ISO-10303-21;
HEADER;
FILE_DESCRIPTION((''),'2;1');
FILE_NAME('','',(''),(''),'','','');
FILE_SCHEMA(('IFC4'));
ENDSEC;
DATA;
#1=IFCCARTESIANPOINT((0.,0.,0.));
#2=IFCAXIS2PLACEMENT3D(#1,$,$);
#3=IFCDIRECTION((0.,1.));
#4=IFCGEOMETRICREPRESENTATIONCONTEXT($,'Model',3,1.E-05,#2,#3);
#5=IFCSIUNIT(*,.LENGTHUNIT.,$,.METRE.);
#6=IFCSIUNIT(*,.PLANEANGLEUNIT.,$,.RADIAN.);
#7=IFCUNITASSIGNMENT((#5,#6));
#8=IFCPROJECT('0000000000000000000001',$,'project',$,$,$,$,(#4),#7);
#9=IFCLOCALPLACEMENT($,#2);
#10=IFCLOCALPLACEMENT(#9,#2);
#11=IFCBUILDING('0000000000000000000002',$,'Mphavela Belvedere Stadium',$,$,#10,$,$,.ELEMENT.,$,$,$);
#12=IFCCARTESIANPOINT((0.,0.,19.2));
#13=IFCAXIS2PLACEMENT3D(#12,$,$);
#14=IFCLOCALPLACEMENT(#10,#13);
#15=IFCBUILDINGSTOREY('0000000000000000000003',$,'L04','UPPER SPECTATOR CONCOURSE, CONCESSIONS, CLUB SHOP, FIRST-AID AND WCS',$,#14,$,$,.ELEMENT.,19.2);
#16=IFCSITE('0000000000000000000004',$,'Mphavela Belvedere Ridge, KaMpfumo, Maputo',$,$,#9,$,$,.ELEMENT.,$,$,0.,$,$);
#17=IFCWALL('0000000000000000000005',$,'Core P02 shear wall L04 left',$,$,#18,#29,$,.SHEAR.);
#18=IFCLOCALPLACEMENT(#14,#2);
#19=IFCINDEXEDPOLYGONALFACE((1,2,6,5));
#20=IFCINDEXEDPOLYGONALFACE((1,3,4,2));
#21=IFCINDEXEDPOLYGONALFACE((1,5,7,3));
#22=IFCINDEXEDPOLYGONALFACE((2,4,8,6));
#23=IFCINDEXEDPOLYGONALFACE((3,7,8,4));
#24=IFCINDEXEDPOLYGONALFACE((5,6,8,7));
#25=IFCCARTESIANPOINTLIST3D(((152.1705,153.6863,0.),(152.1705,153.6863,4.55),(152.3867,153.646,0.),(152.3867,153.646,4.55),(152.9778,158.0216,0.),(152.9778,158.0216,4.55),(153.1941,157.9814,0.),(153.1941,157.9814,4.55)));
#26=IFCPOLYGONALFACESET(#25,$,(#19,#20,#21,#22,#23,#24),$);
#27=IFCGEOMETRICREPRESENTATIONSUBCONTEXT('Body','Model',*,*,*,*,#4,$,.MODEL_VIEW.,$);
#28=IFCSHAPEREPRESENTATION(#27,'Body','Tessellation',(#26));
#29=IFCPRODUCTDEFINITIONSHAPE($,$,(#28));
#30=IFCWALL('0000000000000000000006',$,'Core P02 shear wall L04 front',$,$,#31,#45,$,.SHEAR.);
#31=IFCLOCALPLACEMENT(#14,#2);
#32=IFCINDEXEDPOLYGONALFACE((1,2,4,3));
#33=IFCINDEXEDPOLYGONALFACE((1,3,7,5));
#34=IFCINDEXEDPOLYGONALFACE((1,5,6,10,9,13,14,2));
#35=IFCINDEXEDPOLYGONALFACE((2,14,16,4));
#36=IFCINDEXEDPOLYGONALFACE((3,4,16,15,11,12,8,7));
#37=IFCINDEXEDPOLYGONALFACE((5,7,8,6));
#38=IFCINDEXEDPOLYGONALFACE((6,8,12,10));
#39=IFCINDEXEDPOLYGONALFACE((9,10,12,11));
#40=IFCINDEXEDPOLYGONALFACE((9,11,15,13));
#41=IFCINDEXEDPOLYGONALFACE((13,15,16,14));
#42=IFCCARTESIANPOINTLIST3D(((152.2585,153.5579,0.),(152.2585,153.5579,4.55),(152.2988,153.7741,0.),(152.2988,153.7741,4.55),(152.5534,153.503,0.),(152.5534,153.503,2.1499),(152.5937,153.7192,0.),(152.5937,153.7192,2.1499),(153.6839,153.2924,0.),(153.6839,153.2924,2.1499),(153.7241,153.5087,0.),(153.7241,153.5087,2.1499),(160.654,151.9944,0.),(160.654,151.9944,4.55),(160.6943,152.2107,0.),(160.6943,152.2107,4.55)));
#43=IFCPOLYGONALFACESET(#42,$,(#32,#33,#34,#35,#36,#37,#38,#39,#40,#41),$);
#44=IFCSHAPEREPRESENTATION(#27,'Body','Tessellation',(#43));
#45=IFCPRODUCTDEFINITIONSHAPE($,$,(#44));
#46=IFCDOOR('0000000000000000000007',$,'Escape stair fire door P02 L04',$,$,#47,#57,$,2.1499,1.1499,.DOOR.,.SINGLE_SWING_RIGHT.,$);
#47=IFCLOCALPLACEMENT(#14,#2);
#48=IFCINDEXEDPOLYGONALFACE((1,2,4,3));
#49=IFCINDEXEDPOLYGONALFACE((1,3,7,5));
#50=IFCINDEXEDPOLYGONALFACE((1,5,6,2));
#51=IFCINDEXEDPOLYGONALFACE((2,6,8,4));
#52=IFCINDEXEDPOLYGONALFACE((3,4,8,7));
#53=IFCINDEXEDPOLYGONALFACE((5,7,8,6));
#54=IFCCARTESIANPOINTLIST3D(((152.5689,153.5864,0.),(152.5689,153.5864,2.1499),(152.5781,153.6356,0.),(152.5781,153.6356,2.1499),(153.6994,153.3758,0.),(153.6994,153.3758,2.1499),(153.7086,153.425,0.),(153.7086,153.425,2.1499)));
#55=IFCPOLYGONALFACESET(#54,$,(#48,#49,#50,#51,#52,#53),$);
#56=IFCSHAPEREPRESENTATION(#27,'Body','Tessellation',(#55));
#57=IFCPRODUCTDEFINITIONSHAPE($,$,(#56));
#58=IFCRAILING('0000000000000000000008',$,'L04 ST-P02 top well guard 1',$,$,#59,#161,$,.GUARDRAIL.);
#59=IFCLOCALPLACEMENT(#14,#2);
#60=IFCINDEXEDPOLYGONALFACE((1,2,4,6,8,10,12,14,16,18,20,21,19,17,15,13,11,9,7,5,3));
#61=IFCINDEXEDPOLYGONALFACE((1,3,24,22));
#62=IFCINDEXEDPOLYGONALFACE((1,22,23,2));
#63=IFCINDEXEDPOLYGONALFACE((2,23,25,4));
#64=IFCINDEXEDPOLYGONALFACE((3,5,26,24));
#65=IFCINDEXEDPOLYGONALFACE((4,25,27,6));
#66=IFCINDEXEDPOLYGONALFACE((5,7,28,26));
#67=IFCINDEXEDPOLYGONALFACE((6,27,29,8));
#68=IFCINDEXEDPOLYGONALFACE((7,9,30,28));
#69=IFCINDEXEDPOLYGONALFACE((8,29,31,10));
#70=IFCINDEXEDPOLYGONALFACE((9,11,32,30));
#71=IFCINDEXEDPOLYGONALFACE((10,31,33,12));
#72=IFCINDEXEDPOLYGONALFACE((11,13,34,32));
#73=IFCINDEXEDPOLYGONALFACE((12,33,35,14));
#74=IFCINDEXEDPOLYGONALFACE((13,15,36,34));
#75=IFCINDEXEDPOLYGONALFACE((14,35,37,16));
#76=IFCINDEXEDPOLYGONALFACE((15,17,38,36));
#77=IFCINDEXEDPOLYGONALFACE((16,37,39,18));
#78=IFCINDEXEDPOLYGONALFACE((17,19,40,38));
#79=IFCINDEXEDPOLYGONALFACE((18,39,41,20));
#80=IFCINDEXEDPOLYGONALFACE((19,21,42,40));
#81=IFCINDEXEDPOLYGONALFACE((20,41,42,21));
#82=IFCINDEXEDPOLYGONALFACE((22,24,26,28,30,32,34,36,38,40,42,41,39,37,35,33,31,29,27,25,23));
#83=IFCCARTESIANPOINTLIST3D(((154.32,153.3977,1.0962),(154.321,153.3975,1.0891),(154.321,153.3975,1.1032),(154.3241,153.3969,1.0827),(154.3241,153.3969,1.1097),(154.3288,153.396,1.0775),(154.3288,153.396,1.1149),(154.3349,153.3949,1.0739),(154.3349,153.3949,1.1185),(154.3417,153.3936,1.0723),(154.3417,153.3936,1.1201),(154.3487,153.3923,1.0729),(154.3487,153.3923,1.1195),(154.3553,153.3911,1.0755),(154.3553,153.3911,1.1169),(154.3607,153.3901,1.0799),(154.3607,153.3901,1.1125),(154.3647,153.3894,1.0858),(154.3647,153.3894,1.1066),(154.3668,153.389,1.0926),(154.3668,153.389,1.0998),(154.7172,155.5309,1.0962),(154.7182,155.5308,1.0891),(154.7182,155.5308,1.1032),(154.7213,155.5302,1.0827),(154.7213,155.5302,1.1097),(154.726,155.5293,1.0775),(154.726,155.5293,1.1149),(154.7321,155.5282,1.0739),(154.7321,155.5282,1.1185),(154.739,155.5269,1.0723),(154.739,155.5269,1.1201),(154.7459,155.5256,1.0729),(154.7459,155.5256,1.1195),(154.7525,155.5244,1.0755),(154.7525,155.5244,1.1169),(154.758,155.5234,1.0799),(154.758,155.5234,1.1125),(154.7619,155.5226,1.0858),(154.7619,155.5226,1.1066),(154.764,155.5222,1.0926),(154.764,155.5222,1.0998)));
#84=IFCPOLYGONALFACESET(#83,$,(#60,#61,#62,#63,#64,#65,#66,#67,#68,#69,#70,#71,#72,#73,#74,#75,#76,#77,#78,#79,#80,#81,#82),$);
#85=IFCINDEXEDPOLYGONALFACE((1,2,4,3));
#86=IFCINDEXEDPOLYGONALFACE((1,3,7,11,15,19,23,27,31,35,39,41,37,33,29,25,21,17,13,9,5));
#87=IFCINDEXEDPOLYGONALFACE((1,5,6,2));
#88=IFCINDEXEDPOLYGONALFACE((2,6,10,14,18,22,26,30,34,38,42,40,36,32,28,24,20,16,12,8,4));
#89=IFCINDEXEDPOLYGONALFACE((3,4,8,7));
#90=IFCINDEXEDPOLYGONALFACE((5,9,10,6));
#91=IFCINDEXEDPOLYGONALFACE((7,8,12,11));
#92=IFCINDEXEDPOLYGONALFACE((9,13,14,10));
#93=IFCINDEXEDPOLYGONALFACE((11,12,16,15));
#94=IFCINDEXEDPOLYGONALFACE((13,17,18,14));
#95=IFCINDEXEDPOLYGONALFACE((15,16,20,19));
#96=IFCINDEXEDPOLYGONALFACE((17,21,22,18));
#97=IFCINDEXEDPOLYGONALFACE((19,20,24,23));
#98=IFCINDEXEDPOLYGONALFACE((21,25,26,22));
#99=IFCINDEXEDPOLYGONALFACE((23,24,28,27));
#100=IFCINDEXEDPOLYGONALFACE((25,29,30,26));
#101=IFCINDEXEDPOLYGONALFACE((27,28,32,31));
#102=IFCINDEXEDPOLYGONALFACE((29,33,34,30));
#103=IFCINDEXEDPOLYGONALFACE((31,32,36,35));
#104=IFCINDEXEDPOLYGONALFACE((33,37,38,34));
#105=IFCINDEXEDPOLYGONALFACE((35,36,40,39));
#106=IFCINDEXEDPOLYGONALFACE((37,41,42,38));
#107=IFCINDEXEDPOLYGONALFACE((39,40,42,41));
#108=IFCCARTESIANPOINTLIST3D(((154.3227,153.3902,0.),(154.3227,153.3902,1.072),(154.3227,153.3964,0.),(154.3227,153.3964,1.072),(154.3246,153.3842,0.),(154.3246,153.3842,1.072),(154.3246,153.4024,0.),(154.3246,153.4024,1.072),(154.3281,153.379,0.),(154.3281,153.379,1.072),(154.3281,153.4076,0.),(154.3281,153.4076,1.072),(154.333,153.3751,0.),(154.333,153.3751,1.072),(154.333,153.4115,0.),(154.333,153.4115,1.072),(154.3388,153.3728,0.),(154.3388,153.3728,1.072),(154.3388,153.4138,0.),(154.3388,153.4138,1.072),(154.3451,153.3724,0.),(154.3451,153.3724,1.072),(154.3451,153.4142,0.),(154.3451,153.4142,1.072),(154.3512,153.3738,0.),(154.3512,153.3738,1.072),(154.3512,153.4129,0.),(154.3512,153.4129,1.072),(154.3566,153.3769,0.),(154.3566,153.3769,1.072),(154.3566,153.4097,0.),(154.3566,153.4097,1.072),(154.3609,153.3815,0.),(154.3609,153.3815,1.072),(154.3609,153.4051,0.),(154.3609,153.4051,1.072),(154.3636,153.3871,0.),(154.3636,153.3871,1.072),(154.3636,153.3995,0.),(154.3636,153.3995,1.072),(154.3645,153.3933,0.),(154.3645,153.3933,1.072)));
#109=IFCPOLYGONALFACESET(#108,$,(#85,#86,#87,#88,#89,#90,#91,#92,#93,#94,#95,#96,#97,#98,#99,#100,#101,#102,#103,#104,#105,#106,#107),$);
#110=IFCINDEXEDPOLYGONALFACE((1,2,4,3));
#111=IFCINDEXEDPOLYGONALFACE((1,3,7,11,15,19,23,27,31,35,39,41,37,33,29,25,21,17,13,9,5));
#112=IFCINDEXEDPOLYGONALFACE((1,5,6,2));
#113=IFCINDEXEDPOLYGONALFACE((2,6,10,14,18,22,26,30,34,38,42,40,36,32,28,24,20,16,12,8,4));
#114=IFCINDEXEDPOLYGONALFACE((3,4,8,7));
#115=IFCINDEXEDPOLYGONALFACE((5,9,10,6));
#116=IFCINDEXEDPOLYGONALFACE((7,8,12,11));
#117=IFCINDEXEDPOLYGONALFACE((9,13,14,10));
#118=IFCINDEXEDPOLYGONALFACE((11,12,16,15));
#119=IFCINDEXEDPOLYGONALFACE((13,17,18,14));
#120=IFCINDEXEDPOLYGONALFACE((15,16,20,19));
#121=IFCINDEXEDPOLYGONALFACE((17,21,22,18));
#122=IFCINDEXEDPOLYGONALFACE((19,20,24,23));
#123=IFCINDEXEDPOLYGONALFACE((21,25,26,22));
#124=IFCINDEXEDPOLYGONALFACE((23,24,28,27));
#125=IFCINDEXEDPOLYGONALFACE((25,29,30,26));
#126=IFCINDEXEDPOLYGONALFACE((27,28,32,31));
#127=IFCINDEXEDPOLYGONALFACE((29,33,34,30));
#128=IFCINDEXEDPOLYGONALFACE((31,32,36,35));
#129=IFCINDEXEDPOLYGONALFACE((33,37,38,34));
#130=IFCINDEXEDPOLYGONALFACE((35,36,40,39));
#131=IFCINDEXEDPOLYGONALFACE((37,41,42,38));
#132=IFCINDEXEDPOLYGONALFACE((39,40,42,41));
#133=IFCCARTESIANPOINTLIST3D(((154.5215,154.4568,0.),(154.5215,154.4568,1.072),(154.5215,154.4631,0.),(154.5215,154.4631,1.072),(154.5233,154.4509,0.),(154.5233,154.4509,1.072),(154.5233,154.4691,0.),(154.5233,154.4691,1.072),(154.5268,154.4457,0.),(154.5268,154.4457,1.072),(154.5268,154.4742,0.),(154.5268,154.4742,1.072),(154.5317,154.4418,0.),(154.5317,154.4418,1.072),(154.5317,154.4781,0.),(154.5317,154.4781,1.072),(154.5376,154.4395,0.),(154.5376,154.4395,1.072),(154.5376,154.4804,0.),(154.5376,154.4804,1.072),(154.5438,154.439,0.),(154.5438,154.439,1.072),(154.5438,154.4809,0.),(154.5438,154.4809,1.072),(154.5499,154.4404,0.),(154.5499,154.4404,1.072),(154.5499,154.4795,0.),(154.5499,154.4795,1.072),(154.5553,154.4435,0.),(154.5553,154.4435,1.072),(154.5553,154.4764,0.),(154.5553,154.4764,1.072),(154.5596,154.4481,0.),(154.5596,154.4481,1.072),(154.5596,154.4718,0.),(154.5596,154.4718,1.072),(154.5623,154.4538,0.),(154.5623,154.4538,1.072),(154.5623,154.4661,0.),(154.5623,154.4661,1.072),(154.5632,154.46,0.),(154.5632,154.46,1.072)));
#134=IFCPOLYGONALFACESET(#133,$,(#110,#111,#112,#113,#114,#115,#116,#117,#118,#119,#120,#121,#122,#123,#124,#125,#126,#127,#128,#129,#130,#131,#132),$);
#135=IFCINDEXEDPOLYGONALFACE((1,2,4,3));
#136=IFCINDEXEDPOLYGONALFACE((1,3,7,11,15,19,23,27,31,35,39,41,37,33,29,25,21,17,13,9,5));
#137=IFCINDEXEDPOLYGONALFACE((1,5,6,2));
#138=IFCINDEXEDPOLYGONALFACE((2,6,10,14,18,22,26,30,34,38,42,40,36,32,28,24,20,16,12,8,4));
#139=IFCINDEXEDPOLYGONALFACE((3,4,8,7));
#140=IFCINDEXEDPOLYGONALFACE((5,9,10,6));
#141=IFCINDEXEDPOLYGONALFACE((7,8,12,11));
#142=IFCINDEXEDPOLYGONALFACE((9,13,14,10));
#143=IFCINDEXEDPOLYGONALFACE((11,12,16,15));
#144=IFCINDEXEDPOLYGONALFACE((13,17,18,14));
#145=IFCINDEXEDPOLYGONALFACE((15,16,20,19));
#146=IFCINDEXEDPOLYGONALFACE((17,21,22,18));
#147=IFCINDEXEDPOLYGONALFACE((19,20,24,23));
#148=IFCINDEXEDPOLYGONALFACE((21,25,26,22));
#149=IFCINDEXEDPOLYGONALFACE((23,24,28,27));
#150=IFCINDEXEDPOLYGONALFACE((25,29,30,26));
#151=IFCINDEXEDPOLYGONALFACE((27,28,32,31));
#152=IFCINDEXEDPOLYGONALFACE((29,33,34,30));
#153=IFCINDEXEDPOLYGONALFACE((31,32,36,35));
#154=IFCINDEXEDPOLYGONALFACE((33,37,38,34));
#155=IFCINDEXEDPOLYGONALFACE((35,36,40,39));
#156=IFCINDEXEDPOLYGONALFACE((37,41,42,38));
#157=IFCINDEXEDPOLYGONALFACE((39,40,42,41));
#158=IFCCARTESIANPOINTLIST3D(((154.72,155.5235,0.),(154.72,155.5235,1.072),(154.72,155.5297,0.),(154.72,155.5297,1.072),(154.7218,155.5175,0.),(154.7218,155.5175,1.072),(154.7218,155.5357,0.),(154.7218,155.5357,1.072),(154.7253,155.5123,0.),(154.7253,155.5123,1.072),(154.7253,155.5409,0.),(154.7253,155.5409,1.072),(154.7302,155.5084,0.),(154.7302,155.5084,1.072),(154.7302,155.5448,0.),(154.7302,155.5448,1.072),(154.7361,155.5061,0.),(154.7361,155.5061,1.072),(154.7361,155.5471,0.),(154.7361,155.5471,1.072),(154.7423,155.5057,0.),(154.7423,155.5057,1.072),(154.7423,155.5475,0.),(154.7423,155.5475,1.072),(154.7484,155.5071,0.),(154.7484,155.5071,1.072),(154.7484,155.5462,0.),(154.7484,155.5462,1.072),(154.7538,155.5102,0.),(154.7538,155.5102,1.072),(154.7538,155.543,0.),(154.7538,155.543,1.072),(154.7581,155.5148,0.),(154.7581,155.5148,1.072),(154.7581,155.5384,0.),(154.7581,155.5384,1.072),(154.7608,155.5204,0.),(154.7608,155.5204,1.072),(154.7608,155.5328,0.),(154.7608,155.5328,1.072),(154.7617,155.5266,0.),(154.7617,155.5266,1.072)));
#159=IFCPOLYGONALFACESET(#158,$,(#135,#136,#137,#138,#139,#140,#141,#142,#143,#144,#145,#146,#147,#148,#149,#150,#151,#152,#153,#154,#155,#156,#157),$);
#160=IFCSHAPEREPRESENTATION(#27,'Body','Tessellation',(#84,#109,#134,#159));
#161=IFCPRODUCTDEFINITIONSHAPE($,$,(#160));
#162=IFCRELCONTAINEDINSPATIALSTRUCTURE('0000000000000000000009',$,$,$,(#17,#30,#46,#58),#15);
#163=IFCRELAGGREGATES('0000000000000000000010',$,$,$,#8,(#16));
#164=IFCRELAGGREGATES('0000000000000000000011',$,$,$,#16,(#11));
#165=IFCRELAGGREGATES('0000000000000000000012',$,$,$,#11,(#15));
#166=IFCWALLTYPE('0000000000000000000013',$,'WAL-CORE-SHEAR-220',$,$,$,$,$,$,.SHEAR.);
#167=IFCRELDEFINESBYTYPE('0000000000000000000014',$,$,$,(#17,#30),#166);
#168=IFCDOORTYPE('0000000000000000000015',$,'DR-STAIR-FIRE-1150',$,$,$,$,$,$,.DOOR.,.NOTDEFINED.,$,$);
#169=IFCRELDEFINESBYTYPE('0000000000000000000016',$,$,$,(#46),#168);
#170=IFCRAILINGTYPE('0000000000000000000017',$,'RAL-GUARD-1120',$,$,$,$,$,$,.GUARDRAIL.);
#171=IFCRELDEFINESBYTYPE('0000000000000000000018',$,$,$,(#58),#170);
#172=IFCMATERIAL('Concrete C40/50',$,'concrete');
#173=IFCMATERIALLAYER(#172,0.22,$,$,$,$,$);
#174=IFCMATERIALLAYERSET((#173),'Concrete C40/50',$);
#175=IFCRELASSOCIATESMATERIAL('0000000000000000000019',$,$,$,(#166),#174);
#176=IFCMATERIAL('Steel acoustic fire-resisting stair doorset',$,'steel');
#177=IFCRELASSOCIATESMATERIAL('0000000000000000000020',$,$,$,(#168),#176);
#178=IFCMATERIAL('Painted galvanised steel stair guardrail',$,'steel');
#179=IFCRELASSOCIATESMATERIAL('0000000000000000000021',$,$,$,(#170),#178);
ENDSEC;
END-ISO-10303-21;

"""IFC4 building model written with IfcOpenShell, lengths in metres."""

from ifc_helpers import new_model, si_unit, direction, frame, frame_2d, origin, origin_2d, place, context, subcontext, project, spatial, rectangle, circle, extrude, material, layer, layer_set, type_object, element, fill, save


model = new_model("IFC4")

# Units and contexts
model_context = context("Model", 3, precision=1e-05, world=origin(), true_north=direction((0.0, 1.0)))
body_context = subcontext(model_context, "Body", "Model", "MODEL_VIEW")
ifc_project = project(units=[si_unit("LENGTHUNIT", "METRE"), si_unit("PLANEANGLEUNIT", "RADIAN")], contexts=[model_context])

# Site, building, storey
site_placement = place(None, origin())
site = spatial("IfcSite", under=ifc_project, at=site_placement, Name="Mphavela Belvedere Ridge, KaMpfumo, Maputo", CompositionType="ELEMENT", RefElevation=0.0)
building_placement = place(site_placement, origin())
building = spatial("IfcBuilding", under=site, at=building_placement, Name="Mphavela Belvedere Stadium", CompositionType="ELEMENT")
storey_placement = place(building_placement, frame((0.0, 0.0, 19.2)))
storey = spatial("IfcBuildingStorey", under=building, at=storey_placement, Name="L04", Description="UPPER SPECTATOR CONCOURSE, CONCESSIONS, CLUB SHOP, FIRST-AID AND WCS", CompositionType="ELEMENT", Elevation=19.2)

# Wall
ifc_material_1 = material(Name="Concrete C40/50", Category="concrete")
ifc_layer_1 = layer(ifc_material_1, 0.22)
ifc_layer_set_1 = layer_set([ifc_layer_1], Name="Concrete C40/50")
wall_type = type_object("IfcWallType", Name="WAL-CORE-SHEAR-220", PredefinedType="SHEAR", material=ifc_layer_set_1)
wall_1_placement = place(storey_placement, frame((152.2786, 153.666, 0.0), z_axis=(0.0, 0.0, 1.0), x_axis=(0.183078, 0.983098, 0.0)))
element("IfcWall", 1, at=wall_1_placement, inside=storey, type_object=wall_type, Name="Core P02 shear wall L04 left", PredefinedType="SHEAR", context=body_context, shape_type="SweptSolid", body=[
    extrude(rectangle(XDim=4.4099, YDim=0.22, at=frame_2d((2.2051, 0.0))), origin(), (0.0, 0.0, 1.0), 4.55),
])

# Wall, opening, door
wall_2_placement = place(storey_placement, frame((152.2786, 153.666, 0.0), z_axis=(0.0, 0.0, 1.0), x_axis=(0.983098, -0.18308, 0.0)))
wall_2 = element("IfcWall", 2, at=wall_2_placement, inside=storey, type_object=wall_type, Name="Core P02 shear wall L04 front", PredefinedType="SHEAR", context=body_context, shape_type="SweptSolid", body=[
    extrude(rectangle(XDim=8.5398, YDim=0.22, at=frame_2d((4.27, 0.0))), origin(), (0.0, 0.0, 1.0), 4.55),
])
opening_placement = place(wall_2_placement, frame((0.3, 0.0, 0.0)))
opening = element("IfcOpeningElement", 3, at=opening_placement, cuts=wall_2, PredefinedType="OPENING", context=body_context, shape_type="SweptSolid", body=[
    extrude(rectangle(XDim=1.1499, YDim=2.1499, at=frame_2d((0.575, 1.075))), frame((0.0, 0.1201, 0.0), z_axis=(0.0, -1.0, 0.0), x_axis=(1.0, 0.0, 0.0)), (0.0, 0.0, 1.0), 0.24),
])
ifc_material_2 = material(Name="Steel acoustic fire-resisting stair doorset", Category="steel")
door_type = type_object("IfcDoorType", Name="DR-STAIR-FIRE-1150", OperationType="NOTDEFINED", PredefinedType="DOOR", material=ifc_material_2)
door_placement = place(opening_placement, origin())
door = element("IfcDoor", 4, at=door_placement, inside=storey, type_object=door_type, Name="Escape stair fire door P02 L04", OperationType="SINGLE_SWING_RIGHT", OverallHeight=2.1499, OverallWidth=1.1499, PredefinedType="DOOR", context=body_context, shape_type="SweptSolid", body=[
    extrude(rectangle(XDim=1.1499, YDim=2.1499, at=frame_2d((0.575, 1.075))), frame((0.0, 0.0249, 0.0), z_axis=(0.0, -1.0, 0.0), x_axis=(1.0, 0.0, 0.0)), (0.0, 0.0, 1.0), 0.05),
])
fill(opening, door)

# Railing
ifc_material_3 = material(Name="Painted galvanised steel stair guardrail", Category="steel")
railing_type = type_object("IfcRailingType", Name="RAL-GUARD-1120", PredefinedType="GUARDRAIL", material=ifc_material_3)
railing_placement = place(storey_placement, frame((154.3435, 153.3933, 0.0)))
element("IfcRailing", 5, at=railing_placement, inside=storey, type_object=railing_type, Name="L04 ST-P02 top well guard 1", PredefinedType="GUARDRAIL", context=body_context, shape_type="SweptSolid", body=[
    extrude(circle(Radius=0.0239, at=origin_2d()), frame((0.0, 0.0, 1.0962), z_axis=(0.183052, 0.983103, 0.0), x_axis=(-0.983103, 0.183052, 0.0)), (0.0, 0.0, 1.0), 2.1699),
    extrude(circle(Radius=0.021, at=origin_2d()), origin(), (0.0, 0.0, 1.0), 1.072),
    extrude(circle(Radius=0.021, at=origin_2d()), frame((0.1987, 1.0667, 0.0)), (0.0, 0.0, 1.0), 1.072),
    extrude(circle(Radius=0.021, at=origin_2d()), frame((0.3972, 2.1333, 0.0)), (0.0, 0.0, 1.0), 1.072),
])

save(model, "model.ifc")
